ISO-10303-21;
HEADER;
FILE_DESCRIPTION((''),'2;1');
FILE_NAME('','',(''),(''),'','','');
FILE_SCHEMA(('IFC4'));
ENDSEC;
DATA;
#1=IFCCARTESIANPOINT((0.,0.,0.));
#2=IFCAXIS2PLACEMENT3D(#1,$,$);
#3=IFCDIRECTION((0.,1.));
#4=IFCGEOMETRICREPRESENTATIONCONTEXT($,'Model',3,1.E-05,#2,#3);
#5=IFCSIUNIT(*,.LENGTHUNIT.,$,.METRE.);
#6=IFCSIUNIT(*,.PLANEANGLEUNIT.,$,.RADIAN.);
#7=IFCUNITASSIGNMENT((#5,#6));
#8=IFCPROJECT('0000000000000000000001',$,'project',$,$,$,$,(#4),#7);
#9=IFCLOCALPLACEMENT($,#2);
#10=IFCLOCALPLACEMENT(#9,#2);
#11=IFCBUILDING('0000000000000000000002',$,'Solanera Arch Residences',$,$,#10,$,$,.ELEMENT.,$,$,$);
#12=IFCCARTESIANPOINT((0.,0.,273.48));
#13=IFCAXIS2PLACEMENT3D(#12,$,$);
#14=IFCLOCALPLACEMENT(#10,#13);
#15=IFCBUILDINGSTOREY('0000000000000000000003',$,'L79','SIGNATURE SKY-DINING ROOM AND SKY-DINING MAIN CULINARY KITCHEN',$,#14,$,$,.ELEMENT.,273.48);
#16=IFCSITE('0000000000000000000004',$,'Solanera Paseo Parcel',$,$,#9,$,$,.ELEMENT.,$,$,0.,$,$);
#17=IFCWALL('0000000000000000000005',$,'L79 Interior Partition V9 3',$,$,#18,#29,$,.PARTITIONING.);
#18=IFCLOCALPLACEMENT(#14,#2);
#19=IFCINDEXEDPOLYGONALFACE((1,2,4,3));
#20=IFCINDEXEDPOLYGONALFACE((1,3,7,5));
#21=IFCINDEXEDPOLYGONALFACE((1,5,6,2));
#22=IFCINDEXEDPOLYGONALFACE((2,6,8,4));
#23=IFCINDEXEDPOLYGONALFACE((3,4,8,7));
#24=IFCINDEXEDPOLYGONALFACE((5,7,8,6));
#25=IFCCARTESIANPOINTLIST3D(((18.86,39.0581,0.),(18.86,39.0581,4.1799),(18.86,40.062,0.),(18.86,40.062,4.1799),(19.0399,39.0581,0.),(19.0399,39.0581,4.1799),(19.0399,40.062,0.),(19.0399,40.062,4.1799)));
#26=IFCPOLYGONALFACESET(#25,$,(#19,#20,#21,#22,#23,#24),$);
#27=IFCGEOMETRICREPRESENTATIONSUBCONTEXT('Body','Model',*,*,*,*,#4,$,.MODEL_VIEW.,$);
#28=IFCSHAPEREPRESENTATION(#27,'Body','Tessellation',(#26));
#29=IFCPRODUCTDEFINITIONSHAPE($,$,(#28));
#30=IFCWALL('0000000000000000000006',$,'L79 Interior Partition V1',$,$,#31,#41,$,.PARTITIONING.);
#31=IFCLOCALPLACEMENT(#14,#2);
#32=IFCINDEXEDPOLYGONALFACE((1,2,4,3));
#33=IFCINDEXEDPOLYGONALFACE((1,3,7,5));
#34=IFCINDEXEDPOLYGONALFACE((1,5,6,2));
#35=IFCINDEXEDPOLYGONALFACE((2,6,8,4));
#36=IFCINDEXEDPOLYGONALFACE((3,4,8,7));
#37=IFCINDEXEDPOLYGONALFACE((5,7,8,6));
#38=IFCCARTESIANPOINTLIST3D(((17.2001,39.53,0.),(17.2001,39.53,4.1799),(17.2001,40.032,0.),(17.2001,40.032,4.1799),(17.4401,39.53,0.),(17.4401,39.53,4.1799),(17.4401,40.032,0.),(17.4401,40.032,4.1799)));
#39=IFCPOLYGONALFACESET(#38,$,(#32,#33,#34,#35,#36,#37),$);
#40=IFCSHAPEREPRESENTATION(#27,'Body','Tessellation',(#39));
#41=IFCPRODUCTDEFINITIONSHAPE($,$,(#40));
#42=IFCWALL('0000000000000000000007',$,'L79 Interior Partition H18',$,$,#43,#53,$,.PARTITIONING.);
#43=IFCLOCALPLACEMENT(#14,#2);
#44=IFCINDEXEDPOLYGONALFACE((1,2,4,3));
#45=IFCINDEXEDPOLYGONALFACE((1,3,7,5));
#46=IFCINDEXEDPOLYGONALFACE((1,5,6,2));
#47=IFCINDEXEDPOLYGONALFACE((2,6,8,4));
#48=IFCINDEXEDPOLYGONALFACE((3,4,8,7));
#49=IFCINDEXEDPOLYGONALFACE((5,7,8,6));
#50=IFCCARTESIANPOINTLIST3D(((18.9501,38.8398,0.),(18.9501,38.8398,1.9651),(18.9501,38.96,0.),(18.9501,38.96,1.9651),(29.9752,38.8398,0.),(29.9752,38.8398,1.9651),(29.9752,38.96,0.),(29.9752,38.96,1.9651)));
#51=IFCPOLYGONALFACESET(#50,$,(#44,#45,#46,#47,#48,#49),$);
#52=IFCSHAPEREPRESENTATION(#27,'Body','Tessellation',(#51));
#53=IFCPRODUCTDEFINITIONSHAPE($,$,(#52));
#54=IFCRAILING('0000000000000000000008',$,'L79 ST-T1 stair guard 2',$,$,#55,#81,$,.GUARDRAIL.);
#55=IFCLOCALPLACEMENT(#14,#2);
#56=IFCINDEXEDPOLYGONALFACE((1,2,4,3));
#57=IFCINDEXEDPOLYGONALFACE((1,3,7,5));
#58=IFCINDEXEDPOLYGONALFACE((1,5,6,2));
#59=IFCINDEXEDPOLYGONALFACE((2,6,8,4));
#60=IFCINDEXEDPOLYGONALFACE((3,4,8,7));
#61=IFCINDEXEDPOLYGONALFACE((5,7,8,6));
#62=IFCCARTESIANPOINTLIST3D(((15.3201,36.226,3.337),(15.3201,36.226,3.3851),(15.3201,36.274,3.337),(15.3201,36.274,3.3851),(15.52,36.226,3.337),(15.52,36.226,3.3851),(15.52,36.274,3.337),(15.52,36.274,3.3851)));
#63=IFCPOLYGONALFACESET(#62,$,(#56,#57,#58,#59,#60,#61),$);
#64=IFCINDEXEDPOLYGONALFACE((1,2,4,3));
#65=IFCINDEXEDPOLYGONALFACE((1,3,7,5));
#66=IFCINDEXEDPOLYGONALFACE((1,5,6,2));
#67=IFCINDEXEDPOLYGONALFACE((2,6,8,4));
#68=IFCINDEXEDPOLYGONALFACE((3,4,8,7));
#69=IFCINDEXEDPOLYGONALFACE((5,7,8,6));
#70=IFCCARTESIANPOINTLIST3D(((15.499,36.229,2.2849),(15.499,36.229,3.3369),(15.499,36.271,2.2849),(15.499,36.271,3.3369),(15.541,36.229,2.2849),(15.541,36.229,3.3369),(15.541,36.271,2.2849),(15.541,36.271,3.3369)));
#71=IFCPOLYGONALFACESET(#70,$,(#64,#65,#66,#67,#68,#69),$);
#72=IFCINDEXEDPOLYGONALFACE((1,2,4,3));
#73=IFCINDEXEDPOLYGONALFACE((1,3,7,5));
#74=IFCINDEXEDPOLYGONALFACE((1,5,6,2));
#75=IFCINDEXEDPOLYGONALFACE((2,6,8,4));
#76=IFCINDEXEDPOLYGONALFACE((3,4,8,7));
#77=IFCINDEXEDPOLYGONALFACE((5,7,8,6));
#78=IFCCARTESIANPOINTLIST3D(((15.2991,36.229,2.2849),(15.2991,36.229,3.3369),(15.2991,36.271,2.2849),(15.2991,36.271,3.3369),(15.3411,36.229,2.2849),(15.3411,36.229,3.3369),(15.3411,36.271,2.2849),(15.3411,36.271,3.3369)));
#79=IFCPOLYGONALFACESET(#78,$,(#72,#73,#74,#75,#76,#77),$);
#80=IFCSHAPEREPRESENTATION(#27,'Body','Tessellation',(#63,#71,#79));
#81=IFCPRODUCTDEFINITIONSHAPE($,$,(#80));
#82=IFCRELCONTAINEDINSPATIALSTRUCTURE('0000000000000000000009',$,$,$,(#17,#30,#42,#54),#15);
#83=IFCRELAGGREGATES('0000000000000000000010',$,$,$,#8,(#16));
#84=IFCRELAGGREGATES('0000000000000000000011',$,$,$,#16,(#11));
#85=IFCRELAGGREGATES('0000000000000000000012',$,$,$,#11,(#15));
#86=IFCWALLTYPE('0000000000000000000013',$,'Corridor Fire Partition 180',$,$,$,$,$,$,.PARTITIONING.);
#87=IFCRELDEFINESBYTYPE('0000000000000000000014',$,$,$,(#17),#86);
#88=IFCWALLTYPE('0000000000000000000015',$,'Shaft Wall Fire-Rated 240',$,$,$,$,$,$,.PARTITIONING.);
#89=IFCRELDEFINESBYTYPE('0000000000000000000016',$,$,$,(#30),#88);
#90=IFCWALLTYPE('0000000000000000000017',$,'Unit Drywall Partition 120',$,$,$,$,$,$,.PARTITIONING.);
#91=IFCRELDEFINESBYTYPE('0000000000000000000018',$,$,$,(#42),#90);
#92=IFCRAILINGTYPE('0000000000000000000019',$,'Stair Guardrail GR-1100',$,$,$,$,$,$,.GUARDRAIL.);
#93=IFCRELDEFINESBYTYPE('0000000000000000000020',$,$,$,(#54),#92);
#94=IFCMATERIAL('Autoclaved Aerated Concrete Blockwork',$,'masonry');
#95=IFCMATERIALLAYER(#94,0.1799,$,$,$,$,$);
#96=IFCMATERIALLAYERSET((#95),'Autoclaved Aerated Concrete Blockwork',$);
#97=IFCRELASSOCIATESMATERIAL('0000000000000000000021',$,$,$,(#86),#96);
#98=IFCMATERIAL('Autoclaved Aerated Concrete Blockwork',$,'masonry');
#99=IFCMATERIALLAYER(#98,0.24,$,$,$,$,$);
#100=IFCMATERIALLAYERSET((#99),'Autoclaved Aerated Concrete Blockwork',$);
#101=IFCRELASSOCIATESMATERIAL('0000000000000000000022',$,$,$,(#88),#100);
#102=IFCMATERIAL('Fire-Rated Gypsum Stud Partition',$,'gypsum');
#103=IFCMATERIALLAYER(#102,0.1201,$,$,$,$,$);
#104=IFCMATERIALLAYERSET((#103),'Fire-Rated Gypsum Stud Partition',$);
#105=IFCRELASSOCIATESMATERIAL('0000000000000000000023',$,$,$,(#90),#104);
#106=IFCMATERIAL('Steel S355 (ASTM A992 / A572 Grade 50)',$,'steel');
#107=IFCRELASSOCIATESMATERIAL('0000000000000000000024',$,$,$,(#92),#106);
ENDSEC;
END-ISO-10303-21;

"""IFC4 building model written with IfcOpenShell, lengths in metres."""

from ifc_helpers import new_model, si_unit, direction, frame, frame_2d, origin, origin_2d, place, context, subcontext, project, spatial, rectangle, extrude, material, layer, layer_set, type_object, element, save


model = new_model("IFC4")

# Units and contexts
model_context = context("Model", 3, precision=1e-05, world=origin(), true_north=direction((0.0, 1.0)))
body_context = subcontext(model_context, "Body", "Model", "MODEL_VIEW")
ifc_project = project(units=[si_unit("LENGTHUNIT", "METRE"), si_unit("PLANEANGLEUNIT", "RADIAN")], contexts=[model_context])

# Site, building, storey
site_placement = place(None, origin())
site = spatial("IfcSite", under=ifc_project, at=site_placement, Name="Solanera Paseo Parcel", CompositionType="ELEMENT", RefElevation=0.0)
building_placement = place(site_placement, origin())
building = spatial("IfcBuilding", under=site, at=building_placement, Name="Solanera Arch Residences", CompositionType="ELEMENT")
storey_placement = place(building_placement, frame((0.0, 0.0, 273.48)))
storey = spatial("IfcBuildingStorey", under=building, at=storey_placement, Name="L79", Description="SIGNATURE SKY-DINING ROOM AND SKY-DINING MAIN CULINARY KITCHEN", CompositionType="ELEMENT", Elevation=273.48)

# Walls
ifc_material_1 = material(Name="Autoclaved Aerated Concrete Blockwork", Category="masonry")
ifc_layer_1 = layer(ifc_material_1, 0.1799)
ifc_layer_set_1 = layer_set([ifc_layer_1], Name="Autoclaved Aerated Concrete Blockwork")
wall_type_1 = type_object("IfcWallType", Name="Corridor Fire Partition 180", PredefinedType="PARTITIONING", material=ifc_layer_set_1)
wall_1_placement = place(storey_placement, frame((18.95, 39.0581, 0.0), z_axis=(0.0, 0.0, 1.0), x_axis=(0.0, 1.0, 0.0)))
element("IfcWall", 1, at=wall_1_placement, inside=storey, type_object=wall_type_1, Name="L79 Interior Partition V9 3", PredefinedType="PARTITIONING", context=body_context, shape_type="SweptSolid", body=[
    extrude(rectangle(XDim=1.0039, YDim=0.1799, at=frame_2d((0.502, 0.0))), origin(), (0.0, 0.0, 1.0), 4.1799),
])
ifc_material_2 = material(Name="Autoclaved Aerated Concrete Blockwork", Category="masonry")
ifc_layer_2 = layer(ifc_material_2, 0.24)
ifc_layer_set_2 = layer_set([ifc_layer_2], Name="Autoclaved Aerated Concrete Blockwork")
wall_type_2 = type_object("IfcWallType", Name="Shaft Wall Fire-Rated 240", PredefinedType="PARTITIONING", material=ifc_layer_set_2)
wall_2_placement = place(storey_placement, frame((17.3201, 39.53, 0.0), z_axis=(0.0, 0.0, 1.0), x_axis=(0.0, 1.0, 0.0)))
element("IfcWall", 2, at=wall_2_placement, inside=storey, type_object=wall_type_2, Name="L79 Interior Partition V1", PredefinedType="PARTITIONING", context=body_context, shape_type="SweptSolid", body=[
    extrude(rectangle(XDim=0.502, YDim=0.24, at=frame_2d((0.251, 0.0))), origin(), (0.0, 0.0, 1.0), 4.1799),
])
ifc_material_3 = material(Name="Fire-Rated Gypsum Stud Partition", Category="gypsum")
ifc_layer_3 = layer(ifc_material_3, 0.1201)
ifc_layer_set_3 = layer_set([ifc_layer_3], Name="Fire-Rated Gypsum Stud Partition")
wall_type_3 = type_object("IfcWallType", Name="Unit Drywall Partition 120", PredefinedType="PARTITIONING", material=ifc_layer_set_3)
wall_3_placement = place(storey_placement, frame((18.95, 38.8999, 0.0), z_axis=(0.0, 0.0, 1.0), x_axis=(1.0, 0.0, 0.0)))
element("IfcWall", 3, at=wall_3_placement, inside=storey, type_object=wall_type_3, Name="L79 Interior Partition H18", PredefinedType="PARTITIONING", context=body_context, shape_type="SweptSolid", body=[
    extrude(rectangle(XDim=11.0251, YDim=0.1201, at=frame_2d((5.5127, 0.0))), origin(), (0.0, 0.0, 1.0), 1.9651),
])

# Railing
ifc_material_4 = material(Name="Steel S355 (ASTM A992 / A572 Grade 50)", Category="steel")
railing_type = type_object("IfcRailingType", Name="Stair Guardrail GR-1100", PredefinedType="GUARDRAIL", material=ifc_material_4)
railing_placement = place(storey_placement, frame((15.52, 36.25, 2.2849)))
element("IfcRailing", 4, at=railing_placement, inside=storey, type_object=railing_type, Name="L79 ST-T1 stair guard 2", PredefinedType="GUARDRAIL", context=body_context, shape_type="SweptSolid", body=[
    extrude(rectangle(XDim=0.0481, YDim=0.0481, at=origin_2d()), frame((0.0, 0.0, 1.0762), z_axis=(-1.0, 0.0, 0.0), x_axis=(0.0, -1.0, 0.0)), (0.0, 0.0, 1.0), 0.2),
    extrude(rectangle(XDim=0.042, YDim=0.042, at=origin_2d()), origin(), (0.0, 0.0, 1.0), 1.052),
    extrude(rectangle(XDim=0.042, YDim=0.042, at=origin_2d()), frame((-0.2, 0.0, 0.0)), (0.0, 0.0, 1.0), 1.052),
])

save(model, "model.ifc")
